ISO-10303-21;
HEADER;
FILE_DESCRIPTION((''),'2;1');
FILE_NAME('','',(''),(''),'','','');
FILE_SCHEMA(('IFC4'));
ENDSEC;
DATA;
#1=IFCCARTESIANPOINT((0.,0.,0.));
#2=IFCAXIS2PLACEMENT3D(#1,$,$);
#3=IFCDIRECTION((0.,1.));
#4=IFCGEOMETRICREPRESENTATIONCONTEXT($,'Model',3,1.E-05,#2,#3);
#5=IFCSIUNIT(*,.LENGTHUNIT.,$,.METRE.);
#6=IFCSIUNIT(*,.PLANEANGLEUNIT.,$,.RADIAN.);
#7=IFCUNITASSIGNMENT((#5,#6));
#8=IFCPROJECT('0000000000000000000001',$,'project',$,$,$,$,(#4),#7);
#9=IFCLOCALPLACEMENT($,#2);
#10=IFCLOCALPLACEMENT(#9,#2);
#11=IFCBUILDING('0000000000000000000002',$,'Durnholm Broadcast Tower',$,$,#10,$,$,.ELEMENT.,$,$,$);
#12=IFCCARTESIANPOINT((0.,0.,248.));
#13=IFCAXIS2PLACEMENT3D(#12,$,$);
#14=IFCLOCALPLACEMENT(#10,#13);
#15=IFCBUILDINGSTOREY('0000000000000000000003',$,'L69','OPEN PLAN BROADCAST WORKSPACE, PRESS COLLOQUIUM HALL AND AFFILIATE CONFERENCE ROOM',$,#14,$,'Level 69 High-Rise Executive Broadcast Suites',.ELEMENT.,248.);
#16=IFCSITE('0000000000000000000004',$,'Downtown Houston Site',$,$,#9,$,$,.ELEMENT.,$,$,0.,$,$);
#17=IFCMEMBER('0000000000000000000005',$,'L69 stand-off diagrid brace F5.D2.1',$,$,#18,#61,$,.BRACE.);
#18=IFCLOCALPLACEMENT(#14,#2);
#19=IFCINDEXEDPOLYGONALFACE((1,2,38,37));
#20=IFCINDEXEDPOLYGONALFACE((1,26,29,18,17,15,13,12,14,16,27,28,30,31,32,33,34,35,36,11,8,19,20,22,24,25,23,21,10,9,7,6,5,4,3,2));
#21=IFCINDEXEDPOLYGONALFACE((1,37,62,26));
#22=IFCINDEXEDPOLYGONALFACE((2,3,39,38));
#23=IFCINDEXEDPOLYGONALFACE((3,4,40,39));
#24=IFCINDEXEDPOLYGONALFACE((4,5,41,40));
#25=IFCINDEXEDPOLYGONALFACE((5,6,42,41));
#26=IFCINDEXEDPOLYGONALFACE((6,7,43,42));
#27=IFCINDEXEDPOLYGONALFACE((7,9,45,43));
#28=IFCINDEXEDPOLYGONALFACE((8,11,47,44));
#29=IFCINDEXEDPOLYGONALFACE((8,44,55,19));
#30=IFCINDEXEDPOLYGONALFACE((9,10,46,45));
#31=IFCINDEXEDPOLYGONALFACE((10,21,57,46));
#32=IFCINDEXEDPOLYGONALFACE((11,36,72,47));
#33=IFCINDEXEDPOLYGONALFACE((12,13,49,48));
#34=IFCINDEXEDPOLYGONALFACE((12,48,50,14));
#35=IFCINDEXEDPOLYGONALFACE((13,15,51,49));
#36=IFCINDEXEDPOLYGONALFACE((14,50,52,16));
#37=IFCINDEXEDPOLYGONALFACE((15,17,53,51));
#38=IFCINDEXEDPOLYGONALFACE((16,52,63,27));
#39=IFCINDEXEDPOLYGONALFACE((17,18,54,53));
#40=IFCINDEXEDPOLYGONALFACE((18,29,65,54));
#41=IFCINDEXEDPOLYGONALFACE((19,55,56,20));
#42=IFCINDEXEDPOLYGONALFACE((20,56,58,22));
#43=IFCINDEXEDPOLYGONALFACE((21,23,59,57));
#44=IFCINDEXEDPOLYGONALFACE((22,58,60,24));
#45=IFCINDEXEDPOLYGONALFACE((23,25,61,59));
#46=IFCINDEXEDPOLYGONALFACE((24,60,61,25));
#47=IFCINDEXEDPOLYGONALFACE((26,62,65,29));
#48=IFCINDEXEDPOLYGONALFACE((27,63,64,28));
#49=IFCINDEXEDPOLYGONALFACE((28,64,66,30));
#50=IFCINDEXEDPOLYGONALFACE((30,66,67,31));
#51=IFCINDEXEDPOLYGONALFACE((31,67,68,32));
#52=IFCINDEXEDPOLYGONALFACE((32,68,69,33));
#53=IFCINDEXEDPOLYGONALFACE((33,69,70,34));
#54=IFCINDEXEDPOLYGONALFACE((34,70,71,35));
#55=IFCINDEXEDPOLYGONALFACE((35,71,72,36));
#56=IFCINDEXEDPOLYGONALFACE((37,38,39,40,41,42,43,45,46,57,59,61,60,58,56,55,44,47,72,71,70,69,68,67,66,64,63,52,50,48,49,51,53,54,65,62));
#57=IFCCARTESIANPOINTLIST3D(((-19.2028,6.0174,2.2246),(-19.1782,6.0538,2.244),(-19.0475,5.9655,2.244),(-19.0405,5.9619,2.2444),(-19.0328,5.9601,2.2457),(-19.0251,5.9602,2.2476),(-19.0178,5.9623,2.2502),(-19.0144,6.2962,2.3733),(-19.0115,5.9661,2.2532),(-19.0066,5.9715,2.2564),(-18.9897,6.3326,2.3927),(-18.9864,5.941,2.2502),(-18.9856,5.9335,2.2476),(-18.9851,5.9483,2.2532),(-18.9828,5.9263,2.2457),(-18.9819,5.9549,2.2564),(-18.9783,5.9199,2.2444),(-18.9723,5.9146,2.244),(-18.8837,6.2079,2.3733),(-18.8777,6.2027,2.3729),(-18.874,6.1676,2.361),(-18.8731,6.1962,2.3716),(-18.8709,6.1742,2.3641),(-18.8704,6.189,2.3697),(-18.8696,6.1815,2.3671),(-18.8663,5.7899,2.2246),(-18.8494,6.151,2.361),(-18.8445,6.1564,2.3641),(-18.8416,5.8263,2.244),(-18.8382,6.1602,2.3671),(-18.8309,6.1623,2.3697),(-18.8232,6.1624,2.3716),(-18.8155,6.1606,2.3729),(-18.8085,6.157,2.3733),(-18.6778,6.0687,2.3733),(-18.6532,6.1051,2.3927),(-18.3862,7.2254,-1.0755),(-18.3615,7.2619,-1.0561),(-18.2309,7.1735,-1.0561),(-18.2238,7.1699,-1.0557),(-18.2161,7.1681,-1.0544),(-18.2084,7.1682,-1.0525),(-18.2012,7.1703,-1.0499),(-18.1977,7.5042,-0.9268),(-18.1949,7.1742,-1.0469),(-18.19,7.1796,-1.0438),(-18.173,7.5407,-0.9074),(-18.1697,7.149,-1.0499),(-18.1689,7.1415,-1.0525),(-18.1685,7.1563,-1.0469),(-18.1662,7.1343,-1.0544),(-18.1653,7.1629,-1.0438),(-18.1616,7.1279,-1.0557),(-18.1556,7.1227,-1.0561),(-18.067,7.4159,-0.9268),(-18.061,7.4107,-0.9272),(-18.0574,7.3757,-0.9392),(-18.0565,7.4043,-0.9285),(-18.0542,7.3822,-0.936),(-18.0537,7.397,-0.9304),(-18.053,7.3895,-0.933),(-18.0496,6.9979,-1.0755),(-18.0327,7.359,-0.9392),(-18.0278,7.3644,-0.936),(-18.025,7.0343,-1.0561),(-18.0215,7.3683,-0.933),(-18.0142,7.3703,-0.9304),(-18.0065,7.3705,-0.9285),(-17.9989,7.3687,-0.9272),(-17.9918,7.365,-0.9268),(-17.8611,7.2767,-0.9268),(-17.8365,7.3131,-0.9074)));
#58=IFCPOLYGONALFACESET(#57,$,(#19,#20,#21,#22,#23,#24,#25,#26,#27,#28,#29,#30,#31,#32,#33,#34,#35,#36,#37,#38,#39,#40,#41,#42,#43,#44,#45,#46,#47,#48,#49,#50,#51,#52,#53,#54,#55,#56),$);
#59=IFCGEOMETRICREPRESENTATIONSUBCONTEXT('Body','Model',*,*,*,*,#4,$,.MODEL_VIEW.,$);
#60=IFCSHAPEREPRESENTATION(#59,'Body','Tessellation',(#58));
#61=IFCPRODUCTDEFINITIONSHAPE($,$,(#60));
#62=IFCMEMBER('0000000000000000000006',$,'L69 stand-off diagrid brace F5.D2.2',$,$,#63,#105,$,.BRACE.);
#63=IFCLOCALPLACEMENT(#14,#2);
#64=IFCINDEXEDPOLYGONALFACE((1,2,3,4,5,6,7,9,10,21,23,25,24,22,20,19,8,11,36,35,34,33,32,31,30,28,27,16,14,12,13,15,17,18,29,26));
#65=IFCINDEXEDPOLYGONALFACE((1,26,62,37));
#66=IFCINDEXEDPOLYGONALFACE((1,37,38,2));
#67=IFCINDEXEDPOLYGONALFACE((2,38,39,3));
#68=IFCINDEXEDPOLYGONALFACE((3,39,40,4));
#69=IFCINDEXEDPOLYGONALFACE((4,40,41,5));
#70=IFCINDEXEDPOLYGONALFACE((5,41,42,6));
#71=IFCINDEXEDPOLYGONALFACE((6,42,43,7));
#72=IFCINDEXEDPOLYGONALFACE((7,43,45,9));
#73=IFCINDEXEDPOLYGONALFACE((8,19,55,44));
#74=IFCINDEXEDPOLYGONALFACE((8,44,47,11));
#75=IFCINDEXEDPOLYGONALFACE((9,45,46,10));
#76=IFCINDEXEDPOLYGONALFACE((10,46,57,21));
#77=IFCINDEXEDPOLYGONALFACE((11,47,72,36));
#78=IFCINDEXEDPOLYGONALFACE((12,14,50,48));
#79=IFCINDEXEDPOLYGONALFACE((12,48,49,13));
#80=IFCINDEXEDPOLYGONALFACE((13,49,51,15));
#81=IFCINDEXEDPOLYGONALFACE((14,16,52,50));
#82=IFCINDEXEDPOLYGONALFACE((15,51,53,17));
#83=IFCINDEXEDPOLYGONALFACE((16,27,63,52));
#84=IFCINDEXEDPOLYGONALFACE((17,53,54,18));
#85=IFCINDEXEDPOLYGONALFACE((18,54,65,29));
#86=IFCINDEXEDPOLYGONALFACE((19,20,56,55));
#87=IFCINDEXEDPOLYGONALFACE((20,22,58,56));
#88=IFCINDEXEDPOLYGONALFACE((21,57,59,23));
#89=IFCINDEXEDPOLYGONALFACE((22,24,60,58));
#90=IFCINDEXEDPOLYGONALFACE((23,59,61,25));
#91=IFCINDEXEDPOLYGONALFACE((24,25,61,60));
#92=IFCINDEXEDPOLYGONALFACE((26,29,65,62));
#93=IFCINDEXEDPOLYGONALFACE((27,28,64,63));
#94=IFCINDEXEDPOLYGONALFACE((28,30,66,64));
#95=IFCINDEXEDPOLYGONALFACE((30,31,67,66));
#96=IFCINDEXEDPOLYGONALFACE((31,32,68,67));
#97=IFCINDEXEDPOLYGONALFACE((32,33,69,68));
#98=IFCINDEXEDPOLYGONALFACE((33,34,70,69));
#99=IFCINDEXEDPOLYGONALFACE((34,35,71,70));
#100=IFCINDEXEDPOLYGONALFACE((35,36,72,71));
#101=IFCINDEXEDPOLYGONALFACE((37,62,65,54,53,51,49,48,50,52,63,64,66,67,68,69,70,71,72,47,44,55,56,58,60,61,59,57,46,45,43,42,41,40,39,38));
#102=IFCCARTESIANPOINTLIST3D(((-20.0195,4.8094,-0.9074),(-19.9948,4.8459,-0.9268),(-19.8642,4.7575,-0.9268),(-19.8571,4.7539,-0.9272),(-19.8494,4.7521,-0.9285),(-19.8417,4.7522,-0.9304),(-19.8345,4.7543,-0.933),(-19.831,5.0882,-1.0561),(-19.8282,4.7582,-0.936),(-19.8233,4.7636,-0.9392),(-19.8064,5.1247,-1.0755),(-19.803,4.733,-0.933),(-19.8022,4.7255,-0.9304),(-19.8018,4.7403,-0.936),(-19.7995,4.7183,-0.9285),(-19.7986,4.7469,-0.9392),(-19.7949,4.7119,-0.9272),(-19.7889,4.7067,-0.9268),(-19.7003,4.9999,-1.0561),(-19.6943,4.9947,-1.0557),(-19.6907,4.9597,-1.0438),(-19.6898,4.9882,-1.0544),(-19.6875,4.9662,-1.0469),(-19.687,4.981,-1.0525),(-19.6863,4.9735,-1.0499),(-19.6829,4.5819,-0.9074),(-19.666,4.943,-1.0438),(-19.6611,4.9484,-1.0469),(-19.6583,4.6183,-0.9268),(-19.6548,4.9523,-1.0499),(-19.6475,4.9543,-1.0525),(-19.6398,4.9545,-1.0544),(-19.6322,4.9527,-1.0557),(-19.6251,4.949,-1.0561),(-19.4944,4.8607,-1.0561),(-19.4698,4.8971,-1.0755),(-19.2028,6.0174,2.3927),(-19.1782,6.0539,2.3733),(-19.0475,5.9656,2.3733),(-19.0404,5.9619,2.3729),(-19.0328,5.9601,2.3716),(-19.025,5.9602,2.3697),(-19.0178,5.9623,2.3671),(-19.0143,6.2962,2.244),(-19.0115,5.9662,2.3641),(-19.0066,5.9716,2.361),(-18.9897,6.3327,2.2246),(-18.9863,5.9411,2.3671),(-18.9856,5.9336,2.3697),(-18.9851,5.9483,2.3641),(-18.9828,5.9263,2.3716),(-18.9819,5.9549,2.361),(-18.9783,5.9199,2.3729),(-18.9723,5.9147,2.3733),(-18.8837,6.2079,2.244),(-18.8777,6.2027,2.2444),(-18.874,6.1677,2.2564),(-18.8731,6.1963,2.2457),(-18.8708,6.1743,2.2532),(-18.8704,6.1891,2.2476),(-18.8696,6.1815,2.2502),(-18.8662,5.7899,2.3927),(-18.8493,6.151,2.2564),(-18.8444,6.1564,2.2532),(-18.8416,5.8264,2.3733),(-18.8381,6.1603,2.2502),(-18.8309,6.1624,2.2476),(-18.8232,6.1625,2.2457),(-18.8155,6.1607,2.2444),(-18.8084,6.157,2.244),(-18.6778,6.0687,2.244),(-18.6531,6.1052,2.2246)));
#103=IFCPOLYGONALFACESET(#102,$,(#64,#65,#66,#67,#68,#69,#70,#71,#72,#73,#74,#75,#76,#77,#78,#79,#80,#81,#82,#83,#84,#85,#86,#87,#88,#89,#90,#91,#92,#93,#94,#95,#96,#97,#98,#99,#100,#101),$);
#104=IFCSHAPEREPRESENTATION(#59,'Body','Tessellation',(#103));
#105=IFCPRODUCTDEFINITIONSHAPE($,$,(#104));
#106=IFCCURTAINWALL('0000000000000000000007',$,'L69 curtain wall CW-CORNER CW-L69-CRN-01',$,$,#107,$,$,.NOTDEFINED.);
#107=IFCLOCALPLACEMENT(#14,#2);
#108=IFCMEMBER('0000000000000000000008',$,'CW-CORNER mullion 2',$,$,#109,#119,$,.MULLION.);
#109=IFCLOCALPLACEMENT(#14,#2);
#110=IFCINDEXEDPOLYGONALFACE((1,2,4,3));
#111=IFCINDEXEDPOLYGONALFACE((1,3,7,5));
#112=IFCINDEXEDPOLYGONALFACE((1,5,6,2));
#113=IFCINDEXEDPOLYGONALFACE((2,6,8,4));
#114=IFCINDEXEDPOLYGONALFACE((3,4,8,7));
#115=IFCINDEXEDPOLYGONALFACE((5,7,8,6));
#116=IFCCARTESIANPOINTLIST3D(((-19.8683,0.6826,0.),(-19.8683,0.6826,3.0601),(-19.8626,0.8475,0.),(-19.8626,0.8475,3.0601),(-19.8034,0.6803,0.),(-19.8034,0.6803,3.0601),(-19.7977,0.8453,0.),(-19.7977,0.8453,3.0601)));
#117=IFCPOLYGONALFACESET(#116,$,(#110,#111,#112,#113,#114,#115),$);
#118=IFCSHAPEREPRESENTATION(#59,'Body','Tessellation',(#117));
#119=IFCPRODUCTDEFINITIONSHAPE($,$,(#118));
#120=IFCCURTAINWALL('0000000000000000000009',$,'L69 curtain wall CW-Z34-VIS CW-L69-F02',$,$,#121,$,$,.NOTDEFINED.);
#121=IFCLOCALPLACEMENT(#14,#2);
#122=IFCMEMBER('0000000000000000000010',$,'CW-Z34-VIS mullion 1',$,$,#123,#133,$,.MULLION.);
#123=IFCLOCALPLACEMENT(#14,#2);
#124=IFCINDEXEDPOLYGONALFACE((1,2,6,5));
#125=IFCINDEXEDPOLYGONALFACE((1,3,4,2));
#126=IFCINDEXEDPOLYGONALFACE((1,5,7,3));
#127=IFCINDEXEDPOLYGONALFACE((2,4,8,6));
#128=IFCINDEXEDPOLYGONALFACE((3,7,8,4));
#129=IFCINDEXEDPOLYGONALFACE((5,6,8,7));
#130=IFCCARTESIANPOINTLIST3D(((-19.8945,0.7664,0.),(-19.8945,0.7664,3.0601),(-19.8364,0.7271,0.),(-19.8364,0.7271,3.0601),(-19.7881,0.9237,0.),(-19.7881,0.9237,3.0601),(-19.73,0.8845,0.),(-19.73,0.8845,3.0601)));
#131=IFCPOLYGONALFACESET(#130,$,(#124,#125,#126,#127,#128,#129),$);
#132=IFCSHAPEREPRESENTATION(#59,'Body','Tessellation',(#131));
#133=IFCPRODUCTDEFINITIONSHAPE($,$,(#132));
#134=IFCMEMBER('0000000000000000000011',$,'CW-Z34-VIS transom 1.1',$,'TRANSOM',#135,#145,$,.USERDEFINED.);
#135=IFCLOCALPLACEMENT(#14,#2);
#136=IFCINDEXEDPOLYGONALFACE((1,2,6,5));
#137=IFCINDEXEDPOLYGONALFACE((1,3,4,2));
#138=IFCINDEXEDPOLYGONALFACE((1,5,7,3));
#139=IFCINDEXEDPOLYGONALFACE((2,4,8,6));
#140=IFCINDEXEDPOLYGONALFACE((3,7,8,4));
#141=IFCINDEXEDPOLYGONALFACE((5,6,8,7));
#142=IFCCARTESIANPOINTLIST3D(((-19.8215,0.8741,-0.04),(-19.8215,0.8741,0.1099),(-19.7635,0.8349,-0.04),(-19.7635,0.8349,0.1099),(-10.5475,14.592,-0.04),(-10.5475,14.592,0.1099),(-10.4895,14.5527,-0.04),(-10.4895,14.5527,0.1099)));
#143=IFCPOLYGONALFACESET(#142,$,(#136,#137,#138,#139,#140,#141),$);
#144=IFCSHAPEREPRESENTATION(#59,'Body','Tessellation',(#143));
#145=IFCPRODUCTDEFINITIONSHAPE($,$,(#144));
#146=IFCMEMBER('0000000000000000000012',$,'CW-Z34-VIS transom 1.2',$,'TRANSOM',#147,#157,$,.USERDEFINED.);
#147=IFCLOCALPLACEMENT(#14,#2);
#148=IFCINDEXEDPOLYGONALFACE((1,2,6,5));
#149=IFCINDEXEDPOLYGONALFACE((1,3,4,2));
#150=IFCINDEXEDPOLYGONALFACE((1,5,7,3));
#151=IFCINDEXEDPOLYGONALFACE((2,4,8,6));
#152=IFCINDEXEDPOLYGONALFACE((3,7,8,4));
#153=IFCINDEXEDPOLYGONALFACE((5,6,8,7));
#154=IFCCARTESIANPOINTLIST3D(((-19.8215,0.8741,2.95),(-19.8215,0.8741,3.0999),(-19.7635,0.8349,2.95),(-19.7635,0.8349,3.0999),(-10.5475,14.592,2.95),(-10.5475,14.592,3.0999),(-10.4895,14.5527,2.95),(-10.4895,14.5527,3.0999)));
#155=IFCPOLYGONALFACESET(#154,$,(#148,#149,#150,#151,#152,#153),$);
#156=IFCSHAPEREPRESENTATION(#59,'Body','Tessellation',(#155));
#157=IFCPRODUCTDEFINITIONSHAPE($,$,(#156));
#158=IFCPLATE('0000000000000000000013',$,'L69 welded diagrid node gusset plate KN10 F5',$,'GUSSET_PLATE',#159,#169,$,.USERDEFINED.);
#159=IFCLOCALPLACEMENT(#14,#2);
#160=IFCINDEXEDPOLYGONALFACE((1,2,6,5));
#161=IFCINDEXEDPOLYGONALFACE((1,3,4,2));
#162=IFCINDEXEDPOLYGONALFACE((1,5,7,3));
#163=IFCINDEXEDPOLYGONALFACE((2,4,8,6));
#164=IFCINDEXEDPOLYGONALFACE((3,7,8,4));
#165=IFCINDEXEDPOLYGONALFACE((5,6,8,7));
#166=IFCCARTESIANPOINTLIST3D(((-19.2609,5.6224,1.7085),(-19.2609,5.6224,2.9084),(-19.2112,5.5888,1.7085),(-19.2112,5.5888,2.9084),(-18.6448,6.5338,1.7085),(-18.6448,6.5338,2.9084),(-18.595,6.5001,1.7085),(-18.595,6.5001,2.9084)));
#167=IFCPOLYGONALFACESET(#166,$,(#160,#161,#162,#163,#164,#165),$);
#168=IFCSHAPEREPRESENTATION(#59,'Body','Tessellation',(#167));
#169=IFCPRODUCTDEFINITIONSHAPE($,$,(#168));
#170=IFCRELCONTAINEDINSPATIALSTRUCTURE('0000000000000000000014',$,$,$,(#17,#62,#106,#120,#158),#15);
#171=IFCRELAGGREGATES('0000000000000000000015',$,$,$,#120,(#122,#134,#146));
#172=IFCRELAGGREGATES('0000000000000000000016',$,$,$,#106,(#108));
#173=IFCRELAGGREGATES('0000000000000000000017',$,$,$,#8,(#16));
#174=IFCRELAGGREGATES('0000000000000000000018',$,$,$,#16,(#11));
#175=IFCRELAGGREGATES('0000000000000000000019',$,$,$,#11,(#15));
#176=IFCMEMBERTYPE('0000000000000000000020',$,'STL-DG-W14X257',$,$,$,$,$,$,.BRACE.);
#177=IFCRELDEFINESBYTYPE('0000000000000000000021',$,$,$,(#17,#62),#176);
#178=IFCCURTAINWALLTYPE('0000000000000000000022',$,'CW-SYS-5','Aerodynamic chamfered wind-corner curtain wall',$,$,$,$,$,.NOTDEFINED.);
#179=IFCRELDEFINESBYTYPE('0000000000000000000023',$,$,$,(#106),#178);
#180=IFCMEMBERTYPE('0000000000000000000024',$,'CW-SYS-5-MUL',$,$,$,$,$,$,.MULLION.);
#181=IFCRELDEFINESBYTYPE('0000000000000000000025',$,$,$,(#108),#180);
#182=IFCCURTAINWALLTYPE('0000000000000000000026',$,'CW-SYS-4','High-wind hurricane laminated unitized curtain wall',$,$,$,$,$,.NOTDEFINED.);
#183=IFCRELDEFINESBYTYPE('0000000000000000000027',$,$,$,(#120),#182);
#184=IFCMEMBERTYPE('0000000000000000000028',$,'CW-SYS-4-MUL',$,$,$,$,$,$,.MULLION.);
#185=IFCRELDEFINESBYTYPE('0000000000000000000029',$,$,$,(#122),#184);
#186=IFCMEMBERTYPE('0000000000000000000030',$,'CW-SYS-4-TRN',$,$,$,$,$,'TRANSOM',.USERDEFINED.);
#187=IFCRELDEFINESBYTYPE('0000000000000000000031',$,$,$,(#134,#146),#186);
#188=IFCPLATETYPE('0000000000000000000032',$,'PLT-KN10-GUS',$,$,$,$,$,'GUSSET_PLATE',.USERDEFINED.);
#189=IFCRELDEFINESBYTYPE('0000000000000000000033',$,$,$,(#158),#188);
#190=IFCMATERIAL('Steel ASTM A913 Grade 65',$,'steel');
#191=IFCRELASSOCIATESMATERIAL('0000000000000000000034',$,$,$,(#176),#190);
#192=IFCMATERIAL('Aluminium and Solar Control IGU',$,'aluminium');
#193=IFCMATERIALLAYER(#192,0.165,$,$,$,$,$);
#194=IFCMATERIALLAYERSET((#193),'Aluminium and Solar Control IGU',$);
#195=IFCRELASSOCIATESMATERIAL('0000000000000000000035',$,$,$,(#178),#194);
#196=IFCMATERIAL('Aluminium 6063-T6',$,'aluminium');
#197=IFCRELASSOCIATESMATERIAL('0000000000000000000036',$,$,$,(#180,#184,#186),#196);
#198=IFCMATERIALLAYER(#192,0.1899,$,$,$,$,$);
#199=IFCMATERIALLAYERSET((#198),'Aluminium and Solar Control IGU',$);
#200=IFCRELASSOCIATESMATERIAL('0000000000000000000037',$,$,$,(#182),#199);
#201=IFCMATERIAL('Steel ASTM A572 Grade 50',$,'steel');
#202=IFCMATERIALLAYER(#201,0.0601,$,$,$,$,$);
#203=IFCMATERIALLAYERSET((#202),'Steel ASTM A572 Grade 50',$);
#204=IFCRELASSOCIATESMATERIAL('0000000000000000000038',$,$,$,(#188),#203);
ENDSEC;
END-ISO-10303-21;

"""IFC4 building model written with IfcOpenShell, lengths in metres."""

from ifc_helpers import new_model, si_unit, direction, frame, origin, origin_2d, place, context, subcontext, project, spatial, rectangle, i_section, extrude, source, transform, mapped, material, layer, layer_set, material_profile, profile_set, type_object, type_shapes, element, aggregate, save


model = new_model("IFC4")

# Units and contexts
model_context = context("Model", 3, precision=1e-05, world=origin(), true_north=direction((0.0, 1.0)))
body_context = subcontext(model_context, "Body", "Model", "MODEL_VIEW")
ifc_project = project(units=[si_unit("LENGTHUNIT", "METRE"), si_unit("PLANEANGLEUNIT", "RADIAN")], contexts=[model_context])

# Site, building, storey
site_placement = place(None, origin())
site = spatial("IfcSite", under=ifc_project, at=site_placement, Name="Downtown Houston Site", CompositionType="ELEMENT", RefElevation=0.0)
building_placement = place(site_placement, origin())
building = spatial("IfcBuilding", under=site, at=building_placement, Name="Durnholm Broadcast Tower", CompositionType="ELEMENT")
storey_placement = place(building_placement, frame((0.0, 0.0, 248.0)))
storey = spatial("IfcBuildingStorey", under=building, at=storey_placement, Name="L69", Description="OPEN PLAN BROADCAST WORKSPACE, PRESS COLLOQUIUM HALL AND AFFILIATE CONFERENCE ROOM", LongName="Level 69 High-Rise Executive Broadcast Suites", CompositionType="ELEMENT", Elevation=248.0)

# Members
ifc_material_1 = material(Name="Steel ASTM A913 Grade 65", Category="steel")
ifc_material_profile_1 = material_profile(ifc_material_1, i_section(OverallWidth=0.4062, OverallDepth=0.416, WebThickness=0.0298, FlangeThickness=0.0481, FilletRadius=0.0305, at=origin_2d()), Name="W14X257")
ifc_profile_set_1 = profile_set([ifc_material_profile_1], Name="Steel ASTM A913 Grade 65")
member_type_1 = type_object("IfcMemberType", Name="STL-DG-W14X257", PredefinedType="BRACE", material=ifc_profile_set_1)
shared_shape_1 = source(origin(), body_context, "Body", "SweptSolid", [
    extrude(i_section(OverallWidth=0.4062, OverallDepth=0.416, WebThickness=0.0298, FlangeThickness=0.0481, FilletRadius=0.0305, at=origin_2d()), origin(), (0.0, 0.0, 1.0), 3.6079),
])
type_shapes(member_type_1, [shared_shape_1])
for number, where, z_axis, x_axis, name in (
    (1, (-18.1113, 7.2693, -0.9915), (-0.226354, -0.334828, 0.914688), (0.828452, -0.560059, 0.0), "L69 stand-off diagrid brace F5.D2.1"),
    (2, (-19.7446, 4.8533, -0.9915), (0.226354, 0.334828, 0.914688), (-0.828452, 0.560059, 0.0), "L69 stand-off diagrid brace F5.D2.2"),
):
    element("IfcMember", number, at=place(storey_placement, frame(where, z_axis=z_axis, x_axis=x_axis)), inside=storey, type_object=member_type_1, Name=name, PredefinedType="BRACE", context=body_context, shape_type="MappedRepresentation", body=[
        mapped(shared_shape_1, transform((0.0, 0.0, 0.0), x_axis=(1.0, 0.0, 0.0), y_axis=(0.0, 1.0, 0.0), z_axis=(0.0, 0.0, 1.0), scale=1.0)),
    ])

# Curtain wall, member
ifc_material_2 = material(Name="Aluminium and Solar Control IGU", Category="aluminium")
ifc_layer_1 = layer(ifc_material_2, 0.165)
ifc_layer_set_1 = layer_set([ifc_layer_1], Name="Aluminium and Solar Control IGU")
curtain_wall_type_1 = type_object("IfcCurtainWallType", Name="CW-SYS-5", Description="Aerodynamic chamfered wind-corner curtain wall", PredefinedType="NOTDEFINED", material=ifc_layer_set_1)
curtain_wall_1_placement = place(storey_placement, origin())
curtain_wall_1 = element("IfcCurtainWall", 3, at=curtain_wall_1_placement, inside=storey, type_object=curtain_wall_type_1, Name="L69 curtain wall CW-CORNER CW-L69-CRN-01", PredefinedType="NOTDEFINED")
ifc_material_3 = material(Name="Aluminium 6063-T6", Category="aluminium")
ifc_material_profile_2 = material_profile(ifc_material_3, rectangle(XDim=0.0649, YDim=0.165, at=origin_2d()), Name="CWM65X165")
ifc_profile_set_2 = profile_set([ifc_material_profile_2], Name="Aluminium 6063-T6")
member_type_2 = type_object("IfcMemberType", Name="CW-SYS-5-MUL", PredefinedType="MULLION", material=ifc_profile_set_2)
shared_shape_2 = source(origin(), body_context, "Body", "SweptSolid", [
    extrude(rectangle(XDim=0.0649, YDim=0.165, at=origin_2d()), origin(), (0.0, 0.0, 1.0), 3.0601),
])
type_shapes(member_type_2, [shared_shape_2])
member_1_placement = place(storey_placement, frame((-19.833, 0.7639, 0.0), z_axis=(0.0, 0.0, 1.0), x_axis=(-0.999411, 0.034318, 0.0)))
member_1 = element("IfcMember", 4, at=member_1_placement, type_object=member_type_2, Name="CW-CORNER mullion 2", PredefinedType="MULLION", context=body_context, shape_type="MappedRepresentation", body=[
    mapped(shared_shape_2, transform((0.0, 0.0, 0.0), x_axis=(1.0, 0.0, 0.0), y_axis=(0.0, 1.0, 0.0), z_axis=(0.0, 0.0, 1.0), scale=1.0)),
])

# Curtain wall, members
ifc_layer_2 = layer(ifc_material_2, 0.1899)
ifc_layer_set_2 = layer_set([ifc_layer_2], Name="Aluminium and Solar Control IGU")
curtain_wall_type_2 = type_object("IfcCurtainWallType", Name="CW-SYS-4", Description="High-wind hurricane laminated unitized curtain wall", PredefinedType="NOTDEFINED", material=ifc_layer_set_2)
curtain_wall_2_placement = place(storey_placement, origin())
curtain_wall_2 = element("IfcCurtainWall", 5, at=curtain_wall_2_placement, inside=storey, type_object=curtain_wall_type_2, Name="L69 curtain wall CW-Z34-VIS CW-L69-F02", PredefinedType="NOTDEFINED")
ifc_material_profile_3 = material_profile(ifc_material_3, rectangle(XDim=0.0701, YDim=0.1899, at=origin_2d()), Name="CWM70X190")
ifc_profile_set_3 = profile_set([ifc_material_profile_3], Name="Aluminium 6063-T6")
member_type_3 = type_object("IfcMemberType", Name="CW-SYS-4-MUL", PredefinedType="MULLION", material=ifc_profile_set_3)
shared_shape_3 = source(origin(), body_context, "Body", "SweptSolid", [
    extrude(rectangle(XDim=0.0701, YDim=0.1899, at=origin_2d()), origin(), (0.0, 0.0, 1.0), 3.0601),
])
type_shapes(member_type_3, [shared_shape_3])
member_2_placement = place(storey_placement, frame((-19.8123, 0.8254, 0.0), z_axis=(0.0, 0.0, 1.0), x_axis=(-0.828443, 0.560073, 0.0)))
member_2 = element("IfcMember", 6, at=member_2_placement, type_object=member_type_3, Name="CW-Z34-VIS mullion 1", PredefinedType="MULLION", context=body_context, shape_type="MappedRepresentation", body=[
    mapped(shared_shape_3, transform((0.0, 0.0, 0.0), x_axis=(1.0, 0.0, 0.0), y_axis=(0.0, 1.0, 0.0), z_axis=(0.0, 0.0, 1.0), scale=1.0)),
])
ifc_material_profile_4 = material_profile(ifc_material_3, rectangle(XDim=0.0701, YDim=0.1499, at=origin_2d()), Name="CWT70X150")
ifc_profile_set_4 = profile_set([ifc_material_profile_4], Name="Aluminium 6063-T6")
member_type_4 = type_object("IfcMemberType", Name="CW-SYS-4-TRN", ElementType="TRANSOM", PredefinedType="USERDEFINED", material=ifc_profile_set_4)
shared_shape_4 = source(origin(), body_context, "Body", "SweptSolid", [
    extrude(rectangle(XDim=0.0701, YDim=0.1499, at=origin_2d()), origin(), (0.0, 0.0, 1.0), 16.5586),
])
type_shapes(member_type_4, [shared_shape_4])
member_3_placement = place(storey_placement, frame((-19.7925, 0.8545, 0.0349), z_axis=(0.560071, 0.828444, 0.0), x_axis=(-0.828444, 0.560071, 0.0)))
member_3 = element("IfcMember", 7, at=member_3_placement, type_object=member_type_4, Name="CW-Z34-VIS transom 1.1", ObjectType="TRANSOM", PredefinedType="USERDEFINED", context=body_context, shape_type="MappedRepresentation", body=[
    mapped(shared_shape_4, transform((0.0, 0.0, 0.0), x_axis=(1.0, 0.0, 0.0), y_axis=(0.0, 1.0, 0.0), z_axis=(0.0, 0.0, 1.0), scale=1.0)),
])
member_4_placement = place(storey_placement, frame((-19.7925, 0.8545, 3.0249), z_axis=(0.560071, 0.828444, 0.0), x_axis=(-0.828444, 0.560071, 0.0)))
member_4 = element("IfcMember", 8, at=member_4_placement, type_object=member_type_4, Name="CW-Z34-VIS transom 1.2", ObjectType="TRANSOM", PredefinedType="USERDEFINED", context=body_context, shape_type="MappedRepresentation", body=[
    mapped(shared_shape_4, transform((0.0, 0.0, 0.0), x_axis=(1.0, 0.0, 0.0), y_axis=(0.0, 1.0, 0.0), z_axis=(0.0, 0.0, 1.0), scale=1.0)),
])
aggregate(curtain_wall_2, [member_2, member_3, member_4])

# Plate
ifc_material_4 = material(Name="Steel ASTM A572 Grade 50", Category="steel")
ifc_layer_3 = layer(ifc_material_4, 0.0601)
ifc_layer_set_3 = layer_set([ifc_layer_3], Name="Steel ASTM A572 Grade 50")
plate_type_1 = type_object("IfcPlateType", Name="PLT-KN10-GUS", ElementType="GUSSET_PLATE", PredefinedType="USERDEFINED", material=ifc_layer_set_3)
shared_shape_5 = source(origin(), body_context, "Body", "SweptSolid", [
    extrude(rectangle(XDim=1.1001, YDim=0.0601, at=origin_2d()), origin(), (0.0, 0.0, 1.0), 1.2),
])
type_shapes(plate_type_1, [shared_shape_5])
plate_1_placement = place(storey_placement, frame((-18.928, 6.0613, 1.7085), z_axis=(0.0, 0.0, 1.0), x_axis=(-0.560061, -0.828452, 0.0)))
element("IfcPlate", 9, at=plate_1_placement, inside=storey, type_object=plate_type_1, Name="L69 welded diagrid node gusset plate KN10 F5", ObjectType="GUSSET_PLATE", PredefinedType="USERDEFINED", context=body_context, shape_type="MappedRepresentation", body=[
    mapped(shared_shape_5, transform((0.0, 0.0, 0.0), x_axis=(1.0, 0.0, 0.0), y_axis=(0.0, 1.0, 0.0), z_axis=(0.0, 0.0, 1.0), scale=1.0)),
])
aggregate(curtain_wall_1, [member_1])

save(model, "model.ifc")
